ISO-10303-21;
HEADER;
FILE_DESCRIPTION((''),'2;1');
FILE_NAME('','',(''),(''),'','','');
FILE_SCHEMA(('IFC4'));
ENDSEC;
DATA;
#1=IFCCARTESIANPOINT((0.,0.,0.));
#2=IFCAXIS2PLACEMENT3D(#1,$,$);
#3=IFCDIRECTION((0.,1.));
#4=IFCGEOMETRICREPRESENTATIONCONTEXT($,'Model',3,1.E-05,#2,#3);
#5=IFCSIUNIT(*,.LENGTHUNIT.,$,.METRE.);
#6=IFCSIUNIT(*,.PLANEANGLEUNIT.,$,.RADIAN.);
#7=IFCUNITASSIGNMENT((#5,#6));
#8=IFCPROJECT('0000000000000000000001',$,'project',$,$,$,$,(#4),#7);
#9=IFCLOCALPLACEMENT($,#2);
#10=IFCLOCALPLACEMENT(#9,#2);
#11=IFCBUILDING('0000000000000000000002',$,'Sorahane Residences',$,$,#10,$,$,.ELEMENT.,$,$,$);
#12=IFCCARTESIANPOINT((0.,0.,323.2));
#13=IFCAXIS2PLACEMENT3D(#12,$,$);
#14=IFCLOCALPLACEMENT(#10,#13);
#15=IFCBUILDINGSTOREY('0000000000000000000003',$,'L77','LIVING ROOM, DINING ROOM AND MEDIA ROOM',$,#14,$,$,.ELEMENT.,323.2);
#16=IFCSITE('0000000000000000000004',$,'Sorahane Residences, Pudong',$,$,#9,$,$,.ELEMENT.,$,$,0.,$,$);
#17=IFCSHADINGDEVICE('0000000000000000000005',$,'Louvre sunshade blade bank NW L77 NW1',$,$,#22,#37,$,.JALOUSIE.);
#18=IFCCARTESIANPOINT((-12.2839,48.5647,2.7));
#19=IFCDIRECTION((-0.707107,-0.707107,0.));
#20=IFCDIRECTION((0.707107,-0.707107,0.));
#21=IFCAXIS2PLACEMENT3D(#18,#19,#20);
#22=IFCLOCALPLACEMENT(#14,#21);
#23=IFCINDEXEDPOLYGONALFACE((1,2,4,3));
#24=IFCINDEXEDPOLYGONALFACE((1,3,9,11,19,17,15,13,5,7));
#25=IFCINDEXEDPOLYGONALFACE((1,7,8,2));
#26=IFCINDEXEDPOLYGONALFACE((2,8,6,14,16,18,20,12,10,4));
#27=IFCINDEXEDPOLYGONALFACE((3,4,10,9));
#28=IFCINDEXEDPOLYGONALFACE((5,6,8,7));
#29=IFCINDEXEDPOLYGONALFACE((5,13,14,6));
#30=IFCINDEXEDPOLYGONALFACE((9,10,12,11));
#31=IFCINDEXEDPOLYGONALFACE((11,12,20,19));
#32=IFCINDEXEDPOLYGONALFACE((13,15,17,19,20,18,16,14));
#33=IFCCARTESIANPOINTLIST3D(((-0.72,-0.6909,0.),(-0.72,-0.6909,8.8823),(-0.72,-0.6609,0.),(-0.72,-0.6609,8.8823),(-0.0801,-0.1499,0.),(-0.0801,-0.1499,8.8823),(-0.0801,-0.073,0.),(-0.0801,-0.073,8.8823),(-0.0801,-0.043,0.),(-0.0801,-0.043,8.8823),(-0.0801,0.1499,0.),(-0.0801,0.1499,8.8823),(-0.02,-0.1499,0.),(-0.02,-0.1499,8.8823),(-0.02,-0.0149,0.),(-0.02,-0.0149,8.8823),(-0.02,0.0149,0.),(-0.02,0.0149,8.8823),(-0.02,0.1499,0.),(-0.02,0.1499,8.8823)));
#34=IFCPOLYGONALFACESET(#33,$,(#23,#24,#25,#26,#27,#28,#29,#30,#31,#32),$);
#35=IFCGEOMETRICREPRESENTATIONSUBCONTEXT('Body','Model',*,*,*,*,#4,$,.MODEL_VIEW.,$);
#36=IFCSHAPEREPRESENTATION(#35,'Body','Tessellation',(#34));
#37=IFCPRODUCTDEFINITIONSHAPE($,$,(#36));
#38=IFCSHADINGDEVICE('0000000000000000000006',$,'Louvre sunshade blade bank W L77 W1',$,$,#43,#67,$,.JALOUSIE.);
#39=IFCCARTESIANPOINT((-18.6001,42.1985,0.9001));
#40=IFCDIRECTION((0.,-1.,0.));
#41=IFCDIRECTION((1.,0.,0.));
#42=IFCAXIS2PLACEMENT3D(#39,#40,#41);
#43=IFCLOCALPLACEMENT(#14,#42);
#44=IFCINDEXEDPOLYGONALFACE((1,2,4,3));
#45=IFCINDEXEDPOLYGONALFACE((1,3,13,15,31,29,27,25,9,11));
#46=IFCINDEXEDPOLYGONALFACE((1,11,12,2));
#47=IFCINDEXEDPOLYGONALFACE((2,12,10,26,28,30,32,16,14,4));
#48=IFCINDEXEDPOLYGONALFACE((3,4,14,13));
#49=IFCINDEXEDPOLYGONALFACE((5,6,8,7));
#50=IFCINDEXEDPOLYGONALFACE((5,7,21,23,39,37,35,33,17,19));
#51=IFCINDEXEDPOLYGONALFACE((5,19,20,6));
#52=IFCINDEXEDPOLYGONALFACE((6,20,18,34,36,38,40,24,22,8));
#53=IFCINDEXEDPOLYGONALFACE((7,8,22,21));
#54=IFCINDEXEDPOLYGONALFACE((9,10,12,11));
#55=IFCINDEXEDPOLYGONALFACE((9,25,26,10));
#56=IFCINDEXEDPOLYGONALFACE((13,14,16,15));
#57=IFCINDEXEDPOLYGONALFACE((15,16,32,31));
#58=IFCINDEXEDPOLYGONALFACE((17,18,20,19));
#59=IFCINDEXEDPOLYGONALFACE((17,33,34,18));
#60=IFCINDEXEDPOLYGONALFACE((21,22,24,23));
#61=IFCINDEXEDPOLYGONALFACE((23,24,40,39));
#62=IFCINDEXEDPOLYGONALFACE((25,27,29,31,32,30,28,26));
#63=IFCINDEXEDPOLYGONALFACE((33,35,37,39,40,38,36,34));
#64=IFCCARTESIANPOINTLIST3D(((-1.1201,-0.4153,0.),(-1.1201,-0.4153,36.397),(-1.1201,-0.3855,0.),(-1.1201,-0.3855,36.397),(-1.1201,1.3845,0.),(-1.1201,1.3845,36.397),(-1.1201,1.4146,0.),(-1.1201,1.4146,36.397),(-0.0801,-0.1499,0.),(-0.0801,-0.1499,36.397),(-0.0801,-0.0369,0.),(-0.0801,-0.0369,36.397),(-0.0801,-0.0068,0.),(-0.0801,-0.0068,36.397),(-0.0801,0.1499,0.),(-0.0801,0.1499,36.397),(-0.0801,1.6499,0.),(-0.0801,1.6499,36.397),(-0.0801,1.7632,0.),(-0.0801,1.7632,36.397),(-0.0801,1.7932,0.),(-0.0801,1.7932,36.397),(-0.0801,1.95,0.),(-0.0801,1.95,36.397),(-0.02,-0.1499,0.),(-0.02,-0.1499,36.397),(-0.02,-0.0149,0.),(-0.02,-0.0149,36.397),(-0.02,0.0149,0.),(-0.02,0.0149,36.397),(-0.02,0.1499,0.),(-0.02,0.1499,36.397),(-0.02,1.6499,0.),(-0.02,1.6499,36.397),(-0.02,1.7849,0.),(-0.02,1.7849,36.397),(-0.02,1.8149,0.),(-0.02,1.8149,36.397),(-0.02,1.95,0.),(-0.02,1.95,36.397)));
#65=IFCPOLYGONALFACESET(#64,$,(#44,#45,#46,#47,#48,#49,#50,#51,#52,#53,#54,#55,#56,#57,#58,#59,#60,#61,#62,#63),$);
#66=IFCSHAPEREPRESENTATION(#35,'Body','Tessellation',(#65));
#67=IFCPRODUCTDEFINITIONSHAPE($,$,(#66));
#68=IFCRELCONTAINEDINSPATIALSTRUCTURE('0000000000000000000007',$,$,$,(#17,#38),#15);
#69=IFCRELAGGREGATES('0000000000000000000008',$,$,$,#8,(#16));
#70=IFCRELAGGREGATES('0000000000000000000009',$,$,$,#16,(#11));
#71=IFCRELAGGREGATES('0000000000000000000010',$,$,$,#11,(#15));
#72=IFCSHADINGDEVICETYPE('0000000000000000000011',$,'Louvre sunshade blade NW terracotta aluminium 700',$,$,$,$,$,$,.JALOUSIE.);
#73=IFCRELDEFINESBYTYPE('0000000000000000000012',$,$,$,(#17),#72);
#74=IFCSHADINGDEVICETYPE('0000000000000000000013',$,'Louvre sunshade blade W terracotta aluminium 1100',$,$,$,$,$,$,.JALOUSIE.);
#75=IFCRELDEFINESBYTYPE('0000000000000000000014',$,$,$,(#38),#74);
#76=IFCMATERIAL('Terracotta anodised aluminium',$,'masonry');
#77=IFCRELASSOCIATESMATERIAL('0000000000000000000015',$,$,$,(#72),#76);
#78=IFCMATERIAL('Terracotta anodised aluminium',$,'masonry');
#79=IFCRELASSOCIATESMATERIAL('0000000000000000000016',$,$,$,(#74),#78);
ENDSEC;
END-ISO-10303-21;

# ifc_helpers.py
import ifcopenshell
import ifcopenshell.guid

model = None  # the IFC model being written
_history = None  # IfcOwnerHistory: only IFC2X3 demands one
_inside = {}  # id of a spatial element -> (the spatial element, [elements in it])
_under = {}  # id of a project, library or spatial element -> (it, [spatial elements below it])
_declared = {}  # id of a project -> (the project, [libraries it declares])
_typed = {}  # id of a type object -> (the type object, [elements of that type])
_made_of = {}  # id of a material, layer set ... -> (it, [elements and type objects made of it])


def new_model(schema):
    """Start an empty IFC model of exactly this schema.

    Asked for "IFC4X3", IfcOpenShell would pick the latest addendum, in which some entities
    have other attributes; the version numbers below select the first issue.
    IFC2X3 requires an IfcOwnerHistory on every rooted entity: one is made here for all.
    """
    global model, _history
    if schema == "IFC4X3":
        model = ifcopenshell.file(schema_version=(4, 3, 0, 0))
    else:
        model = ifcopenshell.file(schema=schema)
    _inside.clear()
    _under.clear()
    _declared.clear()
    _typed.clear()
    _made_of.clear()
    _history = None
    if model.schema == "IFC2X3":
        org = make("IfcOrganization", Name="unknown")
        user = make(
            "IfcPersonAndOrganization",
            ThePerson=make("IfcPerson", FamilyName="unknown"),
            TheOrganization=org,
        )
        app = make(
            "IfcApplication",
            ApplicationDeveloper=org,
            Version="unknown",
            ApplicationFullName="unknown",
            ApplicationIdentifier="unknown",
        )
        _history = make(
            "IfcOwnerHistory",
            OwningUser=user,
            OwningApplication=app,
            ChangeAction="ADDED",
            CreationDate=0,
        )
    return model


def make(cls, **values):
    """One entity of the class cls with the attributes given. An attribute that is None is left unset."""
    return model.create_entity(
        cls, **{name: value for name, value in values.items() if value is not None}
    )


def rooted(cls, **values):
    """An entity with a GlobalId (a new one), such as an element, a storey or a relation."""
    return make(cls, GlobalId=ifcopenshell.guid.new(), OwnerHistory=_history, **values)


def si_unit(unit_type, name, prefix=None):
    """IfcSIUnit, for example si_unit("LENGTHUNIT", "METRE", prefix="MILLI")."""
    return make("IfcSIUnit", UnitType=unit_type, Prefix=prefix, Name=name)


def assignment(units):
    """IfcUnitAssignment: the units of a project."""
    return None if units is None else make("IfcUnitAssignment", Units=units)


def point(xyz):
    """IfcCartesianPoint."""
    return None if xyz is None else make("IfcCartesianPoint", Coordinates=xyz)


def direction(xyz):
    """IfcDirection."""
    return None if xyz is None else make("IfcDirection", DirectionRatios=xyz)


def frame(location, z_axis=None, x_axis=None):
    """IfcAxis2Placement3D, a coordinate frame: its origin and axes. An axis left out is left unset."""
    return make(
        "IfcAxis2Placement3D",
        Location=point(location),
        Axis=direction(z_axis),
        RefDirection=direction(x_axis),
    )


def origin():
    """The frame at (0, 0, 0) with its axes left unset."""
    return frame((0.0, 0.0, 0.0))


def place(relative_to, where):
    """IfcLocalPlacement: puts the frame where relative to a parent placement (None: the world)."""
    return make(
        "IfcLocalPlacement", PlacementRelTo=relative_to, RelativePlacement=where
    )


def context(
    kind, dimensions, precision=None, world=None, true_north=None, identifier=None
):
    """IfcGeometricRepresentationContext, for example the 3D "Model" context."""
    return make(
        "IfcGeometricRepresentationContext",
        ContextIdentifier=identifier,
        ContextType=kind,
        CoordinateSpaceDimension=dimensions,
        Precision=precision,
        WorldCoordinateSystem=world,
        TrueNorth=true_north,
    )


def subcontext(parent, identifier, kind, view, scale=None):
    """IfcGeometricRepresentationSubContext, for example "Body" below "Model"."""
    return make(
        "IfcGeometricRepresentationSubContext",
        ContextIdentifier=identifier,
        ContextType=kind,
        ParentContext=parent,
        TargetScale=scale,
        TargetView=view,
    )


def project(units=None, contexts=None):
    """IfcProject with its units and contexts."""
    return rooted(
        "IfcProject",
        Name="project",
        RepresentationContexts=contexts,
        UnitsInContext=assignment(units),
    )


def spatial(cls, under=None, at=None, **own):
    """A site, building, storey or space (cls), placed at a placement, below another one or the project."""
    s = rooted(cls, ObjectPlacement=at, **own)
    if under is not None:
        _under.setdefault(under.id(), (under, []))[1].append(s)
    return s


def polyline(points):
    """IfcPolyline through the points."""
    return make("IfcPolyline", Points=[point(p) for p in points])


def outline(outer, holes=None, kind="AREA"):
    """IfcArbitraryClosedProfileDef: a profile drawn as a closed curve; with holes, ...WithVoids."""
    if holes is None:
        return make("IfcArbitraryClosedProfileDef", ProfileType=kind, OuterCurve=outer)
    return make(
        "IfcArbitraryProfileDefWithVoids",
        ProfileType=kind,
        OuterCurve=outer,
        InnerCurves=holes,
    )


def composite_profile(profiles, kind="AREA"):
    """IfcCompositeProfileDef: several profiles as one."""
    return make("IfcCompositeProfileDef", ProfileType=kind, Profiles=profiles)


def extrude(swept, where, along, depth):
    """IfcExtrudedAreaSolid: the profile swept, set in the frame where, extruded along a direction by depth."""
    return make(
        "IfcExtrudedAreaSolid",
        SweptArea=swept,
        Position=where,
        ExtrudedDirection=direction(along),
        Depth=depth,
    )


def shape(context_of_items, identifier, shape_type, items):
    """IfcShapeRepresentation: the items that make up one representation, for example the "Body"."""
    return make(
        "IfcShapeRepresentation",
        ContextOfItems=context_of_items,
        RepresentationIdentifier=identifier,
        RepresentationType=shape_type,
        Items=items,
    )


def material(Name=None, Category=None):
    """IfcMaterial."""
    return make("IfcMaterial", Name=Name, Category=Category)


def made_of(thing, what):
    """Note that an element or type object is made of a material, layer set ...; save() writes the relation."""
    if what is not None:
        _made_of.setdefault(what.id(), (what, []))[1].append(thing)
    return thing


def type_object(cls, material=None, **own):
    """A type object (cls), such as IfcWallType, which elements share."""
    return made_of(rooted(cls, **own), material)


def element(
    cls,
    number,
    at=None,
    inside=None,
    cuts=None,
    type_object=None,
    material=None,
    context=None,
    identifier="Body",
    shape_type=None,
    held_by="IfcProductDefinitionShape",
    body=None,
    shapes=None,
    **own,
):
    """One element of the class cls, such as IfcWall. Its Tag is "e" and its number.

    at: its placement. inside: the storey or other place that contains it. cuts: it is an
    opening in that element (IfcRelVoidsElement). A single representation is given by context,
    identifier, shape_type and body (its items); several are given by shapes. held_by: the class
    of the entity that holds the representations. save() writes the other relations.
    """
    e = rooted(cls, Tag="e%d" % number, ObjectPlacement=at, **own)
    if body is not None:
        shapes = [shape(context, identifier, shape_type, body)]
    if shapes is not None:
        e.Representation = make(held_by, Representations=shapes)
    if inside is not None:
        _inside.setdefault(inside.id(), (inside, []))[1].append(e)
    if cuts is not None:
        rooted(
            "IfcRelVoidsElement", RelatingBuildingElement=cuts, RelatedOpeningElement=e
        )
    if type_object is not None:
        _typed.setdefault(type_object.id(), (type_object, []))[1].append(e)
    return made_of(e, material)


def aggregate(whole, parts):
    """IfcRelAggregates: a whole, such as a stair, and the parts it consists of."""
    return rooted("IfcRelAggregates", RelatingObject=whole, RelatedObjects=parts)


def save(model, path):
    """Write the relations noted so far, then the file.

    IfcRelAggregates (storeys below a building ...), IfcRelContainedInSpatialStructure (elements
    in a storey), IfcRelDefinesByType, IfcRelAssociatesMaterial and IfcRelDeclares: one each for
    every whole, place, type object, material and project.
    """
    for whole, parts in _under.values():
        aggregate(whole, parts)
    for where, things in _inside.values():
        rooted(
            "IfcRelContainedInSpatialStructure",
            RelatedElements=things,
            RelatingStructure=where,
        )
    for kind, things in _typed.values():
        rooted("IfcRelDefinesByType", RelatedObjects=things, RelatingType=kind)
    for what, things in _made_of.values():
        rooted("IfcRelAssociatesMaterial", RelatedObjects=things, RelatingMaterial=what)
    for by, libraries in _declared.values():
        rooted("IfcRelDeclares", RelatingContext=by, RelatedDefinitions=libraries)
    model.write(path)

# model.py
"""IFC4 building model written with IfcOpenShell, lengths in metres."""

from ifc_helpers import new_model, si_unit, direction, frame, origin, place, context, subcontext, project, spatial, polyline, outline, composite_profile, extrude, material, type_object, element, save


model = new_model("IFC4")

# Units and contexts
model_context = context("Model", 3, precision=1e-05, world=origin(), true_north=direction((0.0, 1.0)))
body_context = subcontext(model_context, "Body", "Model", "MODEL_VIEW")
ifc_project = project(units=[si_unit("LENGTHUNIT", "METRE"), si_unit("PLANEANGLEUNIT", "RADIAN")], contexts=[model_context])

# Site, building, storey
site_placement = place(None, origin())
site = spatial("IfcSite", under=ifc_project, at=site_placement, Name="Sorahane Residences, Pudong", CompositionType="ELEMENT", RefElevation=0.0)
building_placement = place(site_placement, origin())
building = spatial("IfcBuilding", under=site, at=building_placement, Name="Sorahane Residences", CompositionType="ELEMENT")
storey_placement = place(building_placement, frame((0.0, 0.0, 323.2)))
storey = spatial("IfcBuildingStorey", under=building, at=storey_placement, Name="L77", Description="LIVING ROOM, DINING ROOM AND MEDIA ROOM", CompositionType="ELEMENT", Elevation=323.2)

# Shading devices
ifc_material_1 = material(Name="Terracotta anodised aluminium", Category="masonry")
shading_device_type_1 = type_object("IfcShadingDeviceType", Name="Louvre sunshade blade NW terracotta aluminium 700", PredefinedType="JALOUSIE", material=ifc_material_1)
shading_device_1_placement = place(storey_placement, frame((-12.2839, 48.5647, 2.7), z_axis=(-0.707107, -0.707107, 0.0), x_axis=(0.707107, -0.707107, 0.0)))
element("IfcShadingDevice", 1, at=shading_device_1_placement, inside=storey, type_object=shading_device_type_1, Name="Louvre sunshade blade bank NW L77 NW1", PredefinedType="JALOUSIE", context=body_context, shape_type="SweptSolid", body=[
    extrude(outline(polyline([(-0.72, -0.6609), (-0.72, -0.6909), (-0.0801, -0.073), (-0.0801, -0.1499), (-0.02, -0.1499), (-0.02, -0.0149), (-0.02, 0.0149), (-0.02, 0.1499), (-0.0801, 0.1499), (-0.0801, -0.043), (-0.72, -0.6609)])), origin(), (0.0, 0.0, 1.0), 8.8823),
])
ifc_material_2 = material(Name="Terracotta anodised aluminium", Category="masonry")
shading_device_type_2 = type_object("IfcShadingDeviceType", Name="Louvre sunshade blade W terracotta aluminium 1100", PredefinedType="JALOUSIE", material=ifc_material_2)
shading_device_2_placement = place(storey_placement, frame((-18.6001, 42.1985, 0.9001), z_axis=(0.0, -1.0, 0.0), x_axis=(1.0, 0.0, 0.0)))
element("IfcShadingDevice", 2, at=shading_device_2_placement, inside=storey, type_object=shading_device_type_2, Name="Louvre sunshade blade bank W L77 W1", PredefinedType="JALOUSIE", context=body_context, shape_type="SweptSolid", body=[
    extrude(composite_profile([outline(polyline([(-1.1201, -0.3855), (-1.1201, -0.4153), (-0.0801, -0.0369), (-0.0801, -0.1499), (-0.02, -0.1499), (-0.02, -0.0149), (-0.02, 0.0149), (-0.02, 0.1499), (-0.0801, 0.1499), (-0.0801, -0.0068), (-1.1201, -0.3855)])), outline(polyline([(-1.1201, 1.4146), (-1.1201, 1.3845), (-0.0801, 1.7632), (-0.0801, 1.6499), (-0.02, 1.6499), (-0.02, 1.7849), (-0.02, 1.8149), (-0.02, 1.95), (-0.0801, 1.95), (-0.0801, 1.7932), (-1.1201, 1.4146)]))]), origin(), (0.0, 0.0, 1.0), 36.397),
])

save(model, "model.ifc")
